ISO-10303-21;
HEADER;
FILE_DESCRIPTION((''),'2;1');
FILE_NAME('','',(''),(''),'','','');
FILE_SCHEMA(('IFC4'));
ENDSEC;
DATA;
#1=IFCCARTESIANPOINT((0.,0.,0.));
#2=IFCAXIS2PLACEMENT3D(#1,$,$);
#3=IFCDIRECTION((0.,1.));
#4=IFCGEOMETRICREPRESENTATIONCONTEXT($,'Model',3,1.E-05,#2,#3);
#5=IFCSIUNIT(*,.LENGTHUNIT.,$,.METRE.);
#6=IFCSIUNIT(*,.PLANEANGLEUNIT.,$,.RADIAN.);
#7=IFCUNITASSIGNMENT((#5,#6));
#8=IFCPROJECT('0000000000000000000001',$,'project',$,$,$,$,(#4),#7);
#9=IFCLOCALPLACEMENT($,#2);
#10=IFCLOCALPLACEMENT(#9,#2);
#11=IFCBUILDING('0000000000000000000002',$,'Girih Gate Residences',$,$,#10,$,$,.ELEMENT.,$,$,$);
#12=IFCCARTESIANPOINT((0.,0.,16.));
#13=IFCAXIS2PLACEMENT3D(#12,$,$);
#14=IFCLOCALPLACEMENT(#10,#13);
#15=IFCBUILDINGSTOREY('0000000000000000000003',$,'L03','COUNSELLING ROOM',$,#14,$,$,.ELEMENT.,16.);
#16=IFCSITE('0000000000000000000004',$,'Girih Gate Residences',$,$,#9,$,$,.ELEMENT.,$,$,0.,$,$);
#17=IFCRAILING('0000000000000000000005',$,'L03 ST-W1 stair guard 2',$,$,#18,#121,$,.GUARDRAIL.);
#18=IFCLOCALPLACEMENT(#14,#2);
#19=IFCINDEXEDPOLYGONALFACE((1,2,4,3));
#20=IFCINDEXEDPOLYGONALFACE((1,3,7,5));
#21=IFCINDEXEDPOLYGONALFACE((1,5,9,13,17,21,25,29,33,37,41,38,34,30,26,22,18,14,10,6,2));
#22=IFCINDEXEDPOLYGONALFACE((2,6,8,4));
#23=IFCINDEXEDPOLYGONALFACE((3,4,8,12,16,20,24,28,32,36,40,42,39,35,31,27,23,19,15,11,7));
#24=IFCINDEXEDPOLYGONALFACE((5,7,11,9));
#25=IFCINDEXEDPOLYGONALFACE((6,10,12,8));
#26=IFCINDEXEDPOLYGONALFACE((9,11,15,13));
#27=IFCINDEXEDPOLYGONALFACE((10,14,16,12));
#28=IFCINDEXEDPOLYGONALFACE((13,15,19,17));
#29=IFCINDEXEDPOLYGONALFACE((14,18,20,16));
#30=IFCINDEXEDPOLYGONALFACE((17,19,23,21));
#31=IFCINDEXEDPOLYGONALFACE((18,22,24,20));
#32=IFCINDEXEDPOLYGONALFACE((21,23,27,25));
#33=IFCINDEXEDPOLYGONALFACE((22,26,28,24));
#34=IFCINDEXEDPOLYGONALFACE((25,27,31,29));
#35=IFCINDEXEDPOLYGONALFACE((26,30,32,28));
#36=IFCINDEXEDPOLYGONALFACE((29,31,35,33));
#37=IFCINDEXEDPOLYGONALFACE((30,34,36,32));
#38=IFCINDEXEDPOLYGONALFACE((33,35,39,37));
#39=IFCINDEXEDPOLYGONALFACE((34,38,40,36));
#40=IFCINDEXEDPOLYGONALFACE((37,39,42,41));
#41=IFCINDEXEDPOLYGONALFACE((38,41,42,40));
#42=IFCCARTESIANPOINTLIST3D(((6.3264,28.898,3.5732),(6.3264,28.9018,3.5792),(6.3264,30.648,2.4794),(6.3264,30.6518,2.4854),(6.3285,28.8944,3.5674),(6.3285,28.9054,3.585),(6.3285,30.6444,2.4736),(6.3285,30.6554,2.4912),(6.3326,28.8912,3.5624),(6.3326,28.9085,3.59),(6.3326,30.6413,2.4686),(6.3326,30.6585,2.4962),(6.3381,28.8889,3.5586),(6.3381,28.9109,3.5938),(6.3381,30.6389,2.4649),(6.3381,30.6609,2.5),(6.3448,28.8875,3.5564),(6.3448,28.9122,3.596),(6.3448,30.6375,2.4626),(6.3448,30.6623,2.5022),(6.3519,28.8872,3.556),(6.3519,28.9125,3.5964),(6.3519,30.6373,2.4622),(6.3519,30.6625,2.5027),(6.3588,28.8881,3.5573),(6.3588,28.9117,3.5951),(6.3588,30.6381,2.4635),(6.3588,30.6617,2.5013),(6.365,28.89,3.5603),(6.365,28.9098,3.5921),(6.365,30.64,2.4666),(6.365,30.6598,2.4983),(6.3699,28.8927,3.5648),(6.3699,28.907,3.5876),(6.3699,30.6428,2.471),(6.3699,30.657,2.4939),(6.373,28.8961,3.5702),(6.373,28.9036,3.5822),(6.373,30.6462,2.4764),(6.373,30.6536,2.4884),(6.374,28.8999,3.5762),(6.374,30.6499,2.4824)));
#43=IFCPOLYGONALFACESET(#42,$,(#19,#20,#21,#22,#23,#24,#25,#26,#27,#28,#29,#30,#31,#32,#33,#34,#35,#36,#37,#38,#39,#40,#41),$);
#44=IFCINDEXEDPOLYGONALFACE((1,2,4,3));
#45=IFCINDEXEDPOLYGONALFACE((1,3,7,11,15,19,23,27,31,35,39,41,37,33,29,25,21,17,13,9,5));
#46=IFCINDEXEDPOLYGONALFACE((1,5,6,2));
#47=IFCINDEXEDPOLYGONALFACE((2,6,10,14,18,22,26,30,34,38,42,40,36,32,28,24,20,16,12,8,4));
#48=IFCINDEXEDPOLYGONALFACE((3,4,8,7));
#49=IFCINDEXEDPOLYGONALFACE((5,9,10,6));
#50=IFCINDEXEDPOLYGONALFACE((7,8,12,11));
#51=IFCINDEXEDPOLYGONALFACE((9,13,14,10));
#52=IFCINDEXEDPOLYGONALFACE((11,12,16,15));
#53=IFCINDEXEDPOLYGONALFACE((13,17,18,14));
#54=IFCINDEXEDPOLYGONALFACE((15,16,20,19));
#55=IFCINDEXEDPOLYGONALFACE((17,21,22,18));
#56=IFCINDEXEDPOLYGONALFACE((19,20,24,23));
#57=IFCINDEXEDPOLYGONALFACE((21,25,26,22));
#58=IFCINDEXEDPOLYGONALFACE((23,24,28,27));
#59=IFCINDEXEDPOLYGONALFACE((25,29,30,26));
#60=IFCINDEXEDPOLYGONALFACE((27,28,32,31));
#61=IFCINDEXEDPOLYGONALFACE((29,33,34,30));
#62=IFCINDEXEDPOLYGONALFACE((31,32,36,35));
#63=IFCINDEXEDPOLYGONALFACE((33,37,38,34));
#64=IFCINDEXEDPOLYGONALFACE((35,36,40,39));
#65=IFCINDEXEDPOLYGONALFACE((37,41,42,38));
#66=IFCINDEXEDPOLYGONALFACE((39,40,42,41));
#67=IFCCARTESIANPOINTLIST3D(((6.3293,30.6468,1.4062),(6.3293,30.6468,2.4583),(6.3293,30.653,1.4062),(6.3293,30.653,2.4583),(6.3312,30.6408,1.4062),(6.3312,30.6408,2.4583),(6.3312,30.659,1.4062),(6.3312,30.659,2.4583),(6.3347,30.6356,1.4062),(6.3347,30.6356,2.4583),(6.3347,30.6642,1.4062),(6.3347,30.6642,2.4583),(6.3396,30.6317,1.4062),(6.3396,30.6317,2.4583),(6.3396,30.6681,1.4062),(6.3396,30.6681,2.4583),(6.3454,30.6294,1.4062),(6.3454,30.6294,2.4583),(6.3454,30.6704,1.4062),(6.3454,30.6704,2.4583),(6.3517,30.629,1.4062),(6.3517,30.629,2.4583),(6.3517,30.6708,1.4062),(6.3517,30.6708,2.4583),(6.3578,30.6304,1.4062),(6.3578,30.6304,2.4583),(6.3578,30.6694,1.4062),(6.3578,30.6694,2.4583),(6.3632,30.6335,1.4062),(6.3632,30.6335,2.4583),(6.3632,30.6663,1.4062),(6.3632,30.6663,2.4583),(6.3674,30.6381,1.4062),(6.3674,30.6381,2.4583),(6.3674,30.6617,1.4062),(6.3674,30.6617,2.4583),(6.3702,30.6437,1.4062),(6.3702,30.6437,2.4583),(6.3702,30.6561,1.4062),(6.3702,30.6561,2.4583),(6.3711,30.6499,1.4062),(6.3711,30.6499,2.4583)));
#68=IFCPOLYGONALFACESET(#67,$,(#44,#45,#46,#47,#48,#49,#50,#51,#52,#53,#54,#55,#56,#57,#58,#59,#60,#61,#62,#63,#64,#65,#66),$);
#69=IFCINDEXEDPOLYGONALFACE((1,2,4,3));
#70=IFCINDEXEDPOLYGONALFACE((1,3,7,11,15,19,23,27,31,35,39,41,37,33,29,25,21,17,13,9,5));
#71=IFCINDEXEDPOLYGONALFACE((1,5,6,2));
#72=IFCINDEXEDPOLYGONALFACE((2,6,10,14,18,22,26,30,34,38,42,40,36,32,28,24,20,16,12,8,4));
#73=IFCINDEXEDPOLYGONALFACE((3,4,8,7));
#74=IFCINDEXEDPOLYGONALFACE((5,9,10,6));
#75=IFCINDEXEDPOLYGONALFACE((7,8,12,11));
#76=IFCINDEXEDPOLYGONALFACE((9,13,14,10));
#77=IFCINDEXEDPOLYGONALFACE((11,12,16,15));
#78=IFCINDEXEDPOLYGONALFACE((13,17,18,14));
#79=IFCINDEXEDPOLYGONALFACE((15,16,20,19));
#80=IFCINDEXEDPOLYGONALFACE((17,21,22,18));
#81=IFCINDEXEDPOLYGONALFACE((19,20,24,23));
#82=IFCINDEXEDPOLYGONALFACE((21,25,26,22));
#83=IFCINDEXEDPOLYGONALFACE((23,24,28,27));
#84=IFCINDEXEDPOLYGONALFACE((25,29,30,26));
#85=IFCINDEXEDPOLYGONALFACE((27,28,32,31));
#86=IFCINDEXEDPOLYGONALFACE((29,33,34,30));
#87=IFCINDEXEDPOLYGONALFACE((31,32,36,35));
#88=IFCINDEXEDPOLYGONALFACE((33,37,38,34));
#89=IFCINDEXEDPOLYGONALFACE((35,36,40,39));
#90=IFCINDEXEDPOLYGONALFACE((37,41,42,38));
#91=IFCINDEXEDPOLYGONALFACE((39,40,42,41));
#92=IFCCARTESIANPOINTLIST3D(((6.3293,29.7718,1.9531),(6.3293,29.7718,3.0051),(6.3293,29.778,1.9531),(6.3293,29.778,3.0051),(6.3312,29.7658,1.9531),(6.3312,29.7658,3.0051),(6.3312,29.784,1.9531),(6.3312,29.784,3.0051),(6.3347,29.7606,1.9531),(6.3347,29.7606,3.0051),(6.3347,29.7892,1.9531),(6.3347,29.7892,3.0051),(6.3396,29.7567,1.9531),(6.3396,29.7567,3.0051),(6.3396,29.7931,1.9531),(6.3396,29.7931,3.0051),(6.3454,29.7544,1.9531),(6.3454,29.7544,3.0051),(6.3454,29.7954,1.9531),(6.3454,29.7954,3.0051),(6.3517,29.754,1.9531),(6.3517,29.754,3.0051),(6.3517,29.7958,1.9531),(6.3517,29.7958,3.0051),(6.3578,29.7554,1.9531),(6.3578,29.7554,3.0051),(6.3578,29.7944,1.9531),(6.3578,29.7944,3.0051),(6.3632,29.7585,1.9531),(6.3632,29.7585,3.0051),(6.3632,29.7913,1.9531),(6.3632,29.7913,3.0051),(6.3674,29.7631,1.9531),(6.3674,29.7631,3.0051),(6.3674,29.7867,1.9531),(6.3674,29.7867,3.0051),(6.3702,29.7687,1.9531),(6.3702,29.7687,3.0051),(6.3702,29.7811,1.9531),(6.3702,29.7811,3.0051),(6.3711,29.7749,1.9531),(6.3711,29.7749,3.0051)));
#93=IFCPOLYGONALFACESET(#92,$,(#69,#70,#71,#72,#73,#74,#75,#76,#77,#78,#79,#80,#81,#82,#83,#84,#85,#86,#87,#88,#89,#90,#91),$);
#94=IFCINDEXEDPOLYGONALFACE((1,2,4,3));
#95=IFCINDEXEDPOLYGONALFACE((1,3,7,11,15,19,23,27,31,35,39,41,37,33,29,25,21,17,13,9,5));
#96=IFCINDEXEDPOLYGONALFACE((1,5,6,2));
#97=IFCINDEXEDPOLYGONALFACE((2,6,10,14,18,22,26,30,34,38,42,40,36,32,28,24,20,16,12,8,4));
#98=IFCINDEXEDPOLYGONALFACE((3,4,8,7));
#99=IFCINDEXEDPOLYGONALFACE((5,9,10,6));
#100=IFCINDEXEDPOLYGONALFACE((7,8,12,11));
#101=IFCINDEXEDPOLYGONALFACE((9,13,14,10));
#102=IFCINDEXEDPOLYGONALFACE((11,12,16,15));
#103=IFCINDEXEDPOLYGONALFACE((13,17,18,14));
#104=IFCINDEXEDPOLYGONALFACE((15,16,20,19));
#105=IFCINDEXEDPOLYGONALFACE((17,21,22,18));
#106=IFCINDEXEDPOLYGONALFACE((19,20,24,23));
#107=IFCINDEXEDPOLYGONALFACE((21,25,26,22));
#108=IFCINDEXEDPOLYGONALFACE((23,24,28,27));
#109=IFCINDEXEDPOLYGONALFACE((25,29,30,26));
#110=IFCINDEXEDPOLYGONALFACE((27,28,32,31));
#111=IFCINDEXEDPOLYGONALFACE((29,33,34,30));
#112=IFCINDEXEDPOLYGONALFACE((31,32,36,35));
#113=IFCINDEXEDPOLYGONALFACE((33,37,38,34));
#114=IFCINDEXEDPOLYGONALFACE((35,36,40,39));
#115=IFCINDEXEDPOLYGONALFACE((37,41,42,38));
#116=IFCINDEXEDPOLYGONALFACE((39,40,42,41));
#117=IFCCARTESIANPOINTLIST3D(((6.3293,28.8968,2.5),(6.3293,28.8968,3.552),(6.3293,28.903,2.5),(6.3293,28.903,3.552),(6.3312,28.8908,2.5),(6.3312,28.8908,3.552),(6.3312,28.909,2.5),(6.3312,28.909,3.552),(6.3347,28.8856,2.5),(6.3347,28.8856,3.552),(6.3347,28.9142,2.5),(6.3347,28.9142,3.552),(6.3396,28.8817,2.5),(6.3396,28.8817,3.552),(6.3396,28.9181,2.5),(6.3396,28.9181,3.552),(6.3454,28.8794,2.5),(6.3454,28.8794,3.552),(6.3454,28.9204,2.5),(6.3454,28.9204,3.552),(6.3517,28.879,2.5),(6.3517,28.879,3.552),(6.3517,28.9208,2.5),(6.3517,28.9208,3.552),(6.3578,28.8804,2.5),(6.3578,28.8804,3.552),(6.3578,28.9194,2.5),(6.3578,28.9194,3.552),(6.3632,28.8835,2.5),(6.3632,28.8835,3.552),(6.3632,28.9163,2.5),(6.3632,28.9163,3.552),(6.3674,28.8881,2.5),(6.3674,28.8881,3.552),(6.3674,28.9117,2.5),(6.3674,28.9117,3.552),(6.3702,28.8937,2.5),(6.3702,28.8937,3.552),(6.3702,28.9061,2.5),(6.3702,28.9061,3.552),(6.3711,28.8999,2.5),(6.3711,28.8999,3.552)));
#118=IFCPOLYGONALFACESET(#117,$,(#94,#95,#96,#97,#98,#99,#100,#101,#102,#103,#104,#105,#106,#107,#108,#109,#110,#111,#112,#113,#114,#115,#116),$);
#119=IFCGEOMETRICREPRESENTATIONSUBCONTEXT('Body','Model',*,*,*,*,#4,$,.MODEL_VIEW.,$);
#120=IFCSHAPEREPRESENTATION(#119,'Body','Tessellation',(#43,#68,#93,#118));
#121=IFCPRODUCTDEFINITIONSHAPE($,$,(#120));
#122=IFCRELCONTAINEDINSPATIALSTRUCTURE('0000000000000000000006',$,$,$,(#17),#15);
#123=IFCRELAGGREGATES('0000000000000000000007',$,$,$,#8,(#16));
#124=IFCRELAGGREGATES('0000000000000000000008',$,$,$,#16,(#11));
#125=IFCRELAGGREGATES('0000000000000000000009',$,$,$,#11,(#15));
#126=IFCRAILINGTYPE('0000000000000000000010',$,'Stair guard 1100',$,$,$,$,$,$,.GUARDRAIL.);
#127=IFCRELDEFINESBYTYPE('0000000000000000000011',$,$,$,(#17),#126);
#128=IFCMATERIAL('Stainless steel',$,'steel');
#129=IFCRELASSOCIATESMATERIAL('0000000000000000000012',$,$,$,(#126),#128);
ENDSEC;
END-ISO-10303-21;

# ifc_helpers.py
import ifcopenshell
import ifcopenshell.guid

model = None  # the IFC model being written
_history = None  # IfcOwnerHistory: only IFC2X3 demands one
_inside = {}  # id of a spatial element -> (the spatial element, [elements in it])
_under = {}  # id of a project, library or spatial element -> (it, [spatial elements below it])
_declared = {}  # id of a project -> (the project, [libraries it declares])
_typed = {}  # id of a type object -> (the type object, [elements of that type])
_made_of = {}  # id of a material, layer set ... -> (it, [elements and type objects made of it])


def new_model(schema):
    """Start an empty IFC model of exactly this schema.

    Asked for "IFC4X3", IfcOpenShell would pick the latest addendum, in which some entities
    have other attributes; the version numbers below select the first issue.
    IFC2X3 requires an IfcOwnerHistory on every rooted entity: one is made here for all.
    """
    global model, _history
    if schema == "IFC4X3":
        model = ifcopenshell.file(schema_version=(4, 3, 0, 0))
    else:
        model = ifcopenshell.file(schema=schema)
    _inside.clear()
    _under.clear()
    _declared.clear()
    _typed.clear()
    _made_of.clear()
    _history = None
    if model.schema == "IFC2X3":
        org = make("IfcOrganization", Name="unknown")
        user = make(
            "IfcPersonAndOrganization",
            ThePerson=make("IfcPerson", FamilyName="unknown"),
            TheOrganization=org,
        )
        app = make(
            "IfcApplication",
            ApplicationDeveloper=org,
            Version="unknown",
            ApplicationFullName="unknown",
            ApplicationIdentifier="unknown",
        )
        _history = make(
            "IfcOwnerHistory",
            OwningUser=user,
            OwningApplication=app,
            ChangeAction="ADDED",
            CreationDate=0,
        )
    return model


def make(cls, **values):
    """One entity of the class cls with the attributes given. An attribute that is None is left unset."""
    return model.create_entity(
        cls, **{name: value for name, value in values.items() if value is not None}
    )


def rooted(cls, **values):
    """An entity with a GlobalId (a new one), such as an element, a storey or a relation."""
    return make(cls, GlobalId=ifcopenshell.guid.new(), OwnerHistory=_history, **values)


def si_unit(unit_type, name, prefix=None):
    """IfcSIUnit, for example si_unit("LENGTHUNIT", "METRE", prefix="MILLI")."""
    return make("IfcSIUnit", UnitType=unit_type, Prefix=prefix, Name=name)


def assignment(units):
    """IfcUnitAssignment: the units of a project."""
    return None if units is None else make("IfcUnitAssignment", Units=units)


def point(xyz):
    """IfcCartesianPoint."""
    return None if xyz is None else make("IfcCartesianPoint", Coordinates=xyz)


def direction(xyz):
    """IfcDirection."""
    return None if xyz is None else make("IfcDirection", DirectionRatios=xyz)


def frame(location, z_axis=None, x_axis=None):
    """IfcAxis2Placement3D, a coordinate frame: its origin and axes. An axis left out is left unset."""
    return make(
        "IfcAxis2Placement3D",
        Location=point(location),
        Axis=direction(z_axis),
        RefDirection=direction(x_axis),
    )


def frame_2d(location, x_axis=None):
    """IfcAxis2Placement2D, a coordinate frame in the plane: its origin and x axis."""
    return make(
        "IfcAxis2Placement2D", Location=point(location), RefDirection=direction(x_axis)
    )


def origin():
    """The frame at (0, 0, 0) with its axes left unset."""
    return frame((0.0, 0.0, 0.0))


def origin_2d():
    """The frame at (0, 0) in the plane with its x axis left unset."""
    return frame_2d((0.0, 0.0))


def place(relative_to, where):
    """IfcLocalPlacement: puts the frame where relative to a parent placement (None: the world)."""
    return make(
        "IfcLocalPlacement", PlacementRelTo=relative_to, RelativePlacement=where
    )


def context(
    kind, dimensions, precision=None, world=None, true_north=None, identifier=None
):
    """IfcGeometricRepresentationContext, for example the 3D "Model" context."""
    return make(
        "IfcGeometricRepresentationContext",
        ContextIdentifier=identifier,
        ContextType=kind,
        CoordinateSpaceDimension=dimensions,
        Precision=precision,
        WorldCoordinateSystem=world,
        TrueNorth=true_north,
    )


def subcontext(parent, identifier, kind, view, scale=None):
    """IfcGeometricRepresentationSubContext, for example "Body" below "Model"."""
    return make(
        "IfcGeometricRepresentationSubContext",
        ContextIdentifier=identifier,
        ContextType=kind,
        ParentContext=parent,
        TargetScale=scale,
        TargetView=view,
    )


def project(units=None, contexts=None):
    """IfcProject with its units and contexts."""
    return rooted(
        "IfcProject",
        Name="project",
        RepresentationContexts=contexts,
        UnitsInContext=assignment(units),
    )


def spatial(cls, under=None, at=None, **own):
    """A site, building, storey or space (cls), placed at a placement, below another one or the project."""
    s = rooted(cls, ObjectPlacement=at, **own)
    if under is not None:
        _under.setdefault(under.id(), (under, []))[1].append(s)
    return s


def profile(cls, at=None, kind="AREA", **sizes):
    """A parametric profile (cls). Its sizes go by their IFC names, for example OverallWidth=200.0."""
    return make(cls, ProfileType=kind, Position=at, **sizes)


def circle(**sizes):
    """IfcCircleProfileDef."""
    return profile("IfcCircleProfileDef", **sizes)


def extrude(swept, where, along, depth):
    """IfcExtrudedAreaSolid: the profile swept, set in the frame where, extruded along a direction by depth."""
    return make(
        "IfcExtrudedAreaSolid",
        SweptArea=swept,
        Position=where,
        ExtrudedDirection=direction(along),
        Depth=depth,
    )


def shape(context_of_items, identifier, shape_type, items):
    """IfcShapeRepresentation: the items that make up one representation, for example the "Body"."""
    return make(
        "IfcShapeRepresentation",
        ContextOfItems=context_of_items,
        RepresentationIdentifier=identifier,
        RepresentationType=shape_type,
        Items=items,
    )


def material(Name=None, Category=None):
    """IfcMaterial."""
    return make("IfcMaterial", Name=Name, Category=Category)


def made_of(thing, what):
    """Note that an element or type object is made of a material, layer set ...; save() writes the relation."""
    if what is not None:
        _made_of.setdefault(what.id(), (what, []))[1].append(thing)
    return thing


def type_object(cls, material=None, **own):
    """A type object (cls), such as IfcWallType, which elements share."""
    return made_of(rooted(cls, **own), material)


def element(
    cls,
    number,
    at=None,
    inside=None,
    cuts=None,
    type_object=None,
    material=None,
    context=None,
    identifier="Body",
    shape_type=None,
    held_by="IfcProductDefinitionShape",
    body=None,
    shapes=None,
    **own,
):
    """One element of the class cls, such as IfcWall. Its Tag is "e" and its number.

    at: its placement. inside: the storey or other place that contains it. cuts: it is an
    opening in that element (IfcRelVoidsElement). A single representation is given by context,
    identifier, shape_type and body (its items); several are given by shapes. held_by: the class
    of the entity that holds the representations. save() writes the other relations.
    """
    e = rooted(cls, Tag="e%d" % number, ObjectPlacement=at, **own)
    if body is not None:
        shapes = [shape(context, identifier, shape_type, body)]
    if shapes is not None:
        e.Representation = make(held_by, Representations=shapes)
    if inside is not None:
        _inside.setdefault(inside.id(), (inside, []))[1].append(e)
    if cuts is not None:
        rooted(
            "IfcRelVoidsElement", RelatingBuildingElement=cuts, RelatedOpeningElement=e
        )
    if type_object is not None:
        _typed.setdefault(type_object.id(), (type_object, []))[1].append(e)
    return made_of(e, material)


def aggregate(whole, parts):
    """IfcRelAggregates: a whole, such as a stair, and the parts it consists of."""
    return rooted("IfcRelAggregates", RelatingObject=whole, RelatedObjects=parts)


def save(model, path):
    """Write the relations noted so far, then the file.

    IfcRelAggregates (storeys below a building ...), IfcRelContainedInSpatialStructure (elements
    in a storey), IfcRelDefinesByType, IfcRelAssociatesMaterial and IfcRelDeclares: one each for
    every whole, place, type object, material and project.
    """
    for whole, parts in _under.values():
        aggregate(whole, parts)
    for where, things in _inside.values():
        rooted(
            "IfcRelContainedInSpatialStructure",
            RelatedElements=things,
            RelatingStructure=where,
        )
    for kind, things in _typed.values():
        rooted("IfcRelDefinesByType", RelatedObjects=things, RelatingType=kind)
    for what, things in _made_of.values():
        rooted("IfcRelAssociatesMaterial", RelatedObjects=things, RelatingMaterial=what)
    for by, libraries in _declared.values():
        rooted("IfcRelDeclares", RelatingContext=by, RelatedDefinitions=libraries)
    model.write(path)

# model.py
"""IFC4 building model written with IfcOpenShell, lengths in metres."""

from ifc_helpers import new_model, si_unit, direction, frame, origin, origin_2d, place, context, subcontext, project, spatial, circle, extrude, material, type_object, element, save


model = new_model("IFC4")

# Units and contexts
model_context = context("Model", 3, precision=1e-05, world=origin(), true_north=direction((0.0, 1.0)))
body_context = subcontext(model_context, "Body", "Model", "MODEL_VIEW")
ifc_project = project(units=[si_unit("LENGTHUNIT", "METRE"), si_unit("PLANEANGLEUNIT", "RADIAN")], contexts=[model_context])

# Site, building, storey
site_placement = place(None, origin())
site = spatial("IfcSite", under=ifc_project, at=site_placement, Name="Girih Gate Residences", CompositionType="ELEMENT", RefElevation=0.0)
building_placement = place(site_placement, origin())
building = spatial("IfcBuilding", under=site, at=building_placement, Name="Girih Gate Residences", CompositionType="ELEMENT")
storey_placement = place(building_placement, frame((0.0, 0.0, 16.0)))
storey = spatial("IfcBuildingStorey", under=building, at=storey_placement, Name="L03", Description="COUNSELLING ROOM", CompositionType="ELEMENT", Elevation=16.0)

# Railing
ifc_material_1 = material(Name="Stainless steel", Category="steel")
railing_type_1 = type_object("IfcRailingType", Name="Stair guard 1100", PredefinedType="GUARDRAIL", material=ifc_material_1)
railing_1_placement = place(storey_placement, frame((6.3501, 30.6499, 1.4062)))
element("IfcRailing", 1, at=railing_1_placement, inside=storey, type_object=railing_type_1, Name="L03 ST-W1 stair guard 2", PredefinedType="GUARDRAIL", context=body_context, shape_type="SweptSolid", body=[
    extrude(circle(Radius=0.0239, at=origin_2d()), frame((0.0, 0.0, 1.0762), z_axis=(0.0, -0.847998, 0.529999), x_axis=(1.0, 0.0, 0.0)), (0.0, 0.0, 1.0), 2.0637),
    extrude(circle(Radius=0.021, at=origin_2d()), origin(), (0.0, 0.0, 1.0), 1.052),
    extrude(circle(Radius=0.021, at=origin_2d()), frame((0.0, -0.875, 0.5469)), (0.0, 0.0, 1.0), 1.052),
    extrude(circle(Radius=0.021, at=origin_2d()), frame((0.0, -1.75, 1.0938)), (0.0, 0.0, 1.0), 1.052),
])

save(model, "model.ifc")
